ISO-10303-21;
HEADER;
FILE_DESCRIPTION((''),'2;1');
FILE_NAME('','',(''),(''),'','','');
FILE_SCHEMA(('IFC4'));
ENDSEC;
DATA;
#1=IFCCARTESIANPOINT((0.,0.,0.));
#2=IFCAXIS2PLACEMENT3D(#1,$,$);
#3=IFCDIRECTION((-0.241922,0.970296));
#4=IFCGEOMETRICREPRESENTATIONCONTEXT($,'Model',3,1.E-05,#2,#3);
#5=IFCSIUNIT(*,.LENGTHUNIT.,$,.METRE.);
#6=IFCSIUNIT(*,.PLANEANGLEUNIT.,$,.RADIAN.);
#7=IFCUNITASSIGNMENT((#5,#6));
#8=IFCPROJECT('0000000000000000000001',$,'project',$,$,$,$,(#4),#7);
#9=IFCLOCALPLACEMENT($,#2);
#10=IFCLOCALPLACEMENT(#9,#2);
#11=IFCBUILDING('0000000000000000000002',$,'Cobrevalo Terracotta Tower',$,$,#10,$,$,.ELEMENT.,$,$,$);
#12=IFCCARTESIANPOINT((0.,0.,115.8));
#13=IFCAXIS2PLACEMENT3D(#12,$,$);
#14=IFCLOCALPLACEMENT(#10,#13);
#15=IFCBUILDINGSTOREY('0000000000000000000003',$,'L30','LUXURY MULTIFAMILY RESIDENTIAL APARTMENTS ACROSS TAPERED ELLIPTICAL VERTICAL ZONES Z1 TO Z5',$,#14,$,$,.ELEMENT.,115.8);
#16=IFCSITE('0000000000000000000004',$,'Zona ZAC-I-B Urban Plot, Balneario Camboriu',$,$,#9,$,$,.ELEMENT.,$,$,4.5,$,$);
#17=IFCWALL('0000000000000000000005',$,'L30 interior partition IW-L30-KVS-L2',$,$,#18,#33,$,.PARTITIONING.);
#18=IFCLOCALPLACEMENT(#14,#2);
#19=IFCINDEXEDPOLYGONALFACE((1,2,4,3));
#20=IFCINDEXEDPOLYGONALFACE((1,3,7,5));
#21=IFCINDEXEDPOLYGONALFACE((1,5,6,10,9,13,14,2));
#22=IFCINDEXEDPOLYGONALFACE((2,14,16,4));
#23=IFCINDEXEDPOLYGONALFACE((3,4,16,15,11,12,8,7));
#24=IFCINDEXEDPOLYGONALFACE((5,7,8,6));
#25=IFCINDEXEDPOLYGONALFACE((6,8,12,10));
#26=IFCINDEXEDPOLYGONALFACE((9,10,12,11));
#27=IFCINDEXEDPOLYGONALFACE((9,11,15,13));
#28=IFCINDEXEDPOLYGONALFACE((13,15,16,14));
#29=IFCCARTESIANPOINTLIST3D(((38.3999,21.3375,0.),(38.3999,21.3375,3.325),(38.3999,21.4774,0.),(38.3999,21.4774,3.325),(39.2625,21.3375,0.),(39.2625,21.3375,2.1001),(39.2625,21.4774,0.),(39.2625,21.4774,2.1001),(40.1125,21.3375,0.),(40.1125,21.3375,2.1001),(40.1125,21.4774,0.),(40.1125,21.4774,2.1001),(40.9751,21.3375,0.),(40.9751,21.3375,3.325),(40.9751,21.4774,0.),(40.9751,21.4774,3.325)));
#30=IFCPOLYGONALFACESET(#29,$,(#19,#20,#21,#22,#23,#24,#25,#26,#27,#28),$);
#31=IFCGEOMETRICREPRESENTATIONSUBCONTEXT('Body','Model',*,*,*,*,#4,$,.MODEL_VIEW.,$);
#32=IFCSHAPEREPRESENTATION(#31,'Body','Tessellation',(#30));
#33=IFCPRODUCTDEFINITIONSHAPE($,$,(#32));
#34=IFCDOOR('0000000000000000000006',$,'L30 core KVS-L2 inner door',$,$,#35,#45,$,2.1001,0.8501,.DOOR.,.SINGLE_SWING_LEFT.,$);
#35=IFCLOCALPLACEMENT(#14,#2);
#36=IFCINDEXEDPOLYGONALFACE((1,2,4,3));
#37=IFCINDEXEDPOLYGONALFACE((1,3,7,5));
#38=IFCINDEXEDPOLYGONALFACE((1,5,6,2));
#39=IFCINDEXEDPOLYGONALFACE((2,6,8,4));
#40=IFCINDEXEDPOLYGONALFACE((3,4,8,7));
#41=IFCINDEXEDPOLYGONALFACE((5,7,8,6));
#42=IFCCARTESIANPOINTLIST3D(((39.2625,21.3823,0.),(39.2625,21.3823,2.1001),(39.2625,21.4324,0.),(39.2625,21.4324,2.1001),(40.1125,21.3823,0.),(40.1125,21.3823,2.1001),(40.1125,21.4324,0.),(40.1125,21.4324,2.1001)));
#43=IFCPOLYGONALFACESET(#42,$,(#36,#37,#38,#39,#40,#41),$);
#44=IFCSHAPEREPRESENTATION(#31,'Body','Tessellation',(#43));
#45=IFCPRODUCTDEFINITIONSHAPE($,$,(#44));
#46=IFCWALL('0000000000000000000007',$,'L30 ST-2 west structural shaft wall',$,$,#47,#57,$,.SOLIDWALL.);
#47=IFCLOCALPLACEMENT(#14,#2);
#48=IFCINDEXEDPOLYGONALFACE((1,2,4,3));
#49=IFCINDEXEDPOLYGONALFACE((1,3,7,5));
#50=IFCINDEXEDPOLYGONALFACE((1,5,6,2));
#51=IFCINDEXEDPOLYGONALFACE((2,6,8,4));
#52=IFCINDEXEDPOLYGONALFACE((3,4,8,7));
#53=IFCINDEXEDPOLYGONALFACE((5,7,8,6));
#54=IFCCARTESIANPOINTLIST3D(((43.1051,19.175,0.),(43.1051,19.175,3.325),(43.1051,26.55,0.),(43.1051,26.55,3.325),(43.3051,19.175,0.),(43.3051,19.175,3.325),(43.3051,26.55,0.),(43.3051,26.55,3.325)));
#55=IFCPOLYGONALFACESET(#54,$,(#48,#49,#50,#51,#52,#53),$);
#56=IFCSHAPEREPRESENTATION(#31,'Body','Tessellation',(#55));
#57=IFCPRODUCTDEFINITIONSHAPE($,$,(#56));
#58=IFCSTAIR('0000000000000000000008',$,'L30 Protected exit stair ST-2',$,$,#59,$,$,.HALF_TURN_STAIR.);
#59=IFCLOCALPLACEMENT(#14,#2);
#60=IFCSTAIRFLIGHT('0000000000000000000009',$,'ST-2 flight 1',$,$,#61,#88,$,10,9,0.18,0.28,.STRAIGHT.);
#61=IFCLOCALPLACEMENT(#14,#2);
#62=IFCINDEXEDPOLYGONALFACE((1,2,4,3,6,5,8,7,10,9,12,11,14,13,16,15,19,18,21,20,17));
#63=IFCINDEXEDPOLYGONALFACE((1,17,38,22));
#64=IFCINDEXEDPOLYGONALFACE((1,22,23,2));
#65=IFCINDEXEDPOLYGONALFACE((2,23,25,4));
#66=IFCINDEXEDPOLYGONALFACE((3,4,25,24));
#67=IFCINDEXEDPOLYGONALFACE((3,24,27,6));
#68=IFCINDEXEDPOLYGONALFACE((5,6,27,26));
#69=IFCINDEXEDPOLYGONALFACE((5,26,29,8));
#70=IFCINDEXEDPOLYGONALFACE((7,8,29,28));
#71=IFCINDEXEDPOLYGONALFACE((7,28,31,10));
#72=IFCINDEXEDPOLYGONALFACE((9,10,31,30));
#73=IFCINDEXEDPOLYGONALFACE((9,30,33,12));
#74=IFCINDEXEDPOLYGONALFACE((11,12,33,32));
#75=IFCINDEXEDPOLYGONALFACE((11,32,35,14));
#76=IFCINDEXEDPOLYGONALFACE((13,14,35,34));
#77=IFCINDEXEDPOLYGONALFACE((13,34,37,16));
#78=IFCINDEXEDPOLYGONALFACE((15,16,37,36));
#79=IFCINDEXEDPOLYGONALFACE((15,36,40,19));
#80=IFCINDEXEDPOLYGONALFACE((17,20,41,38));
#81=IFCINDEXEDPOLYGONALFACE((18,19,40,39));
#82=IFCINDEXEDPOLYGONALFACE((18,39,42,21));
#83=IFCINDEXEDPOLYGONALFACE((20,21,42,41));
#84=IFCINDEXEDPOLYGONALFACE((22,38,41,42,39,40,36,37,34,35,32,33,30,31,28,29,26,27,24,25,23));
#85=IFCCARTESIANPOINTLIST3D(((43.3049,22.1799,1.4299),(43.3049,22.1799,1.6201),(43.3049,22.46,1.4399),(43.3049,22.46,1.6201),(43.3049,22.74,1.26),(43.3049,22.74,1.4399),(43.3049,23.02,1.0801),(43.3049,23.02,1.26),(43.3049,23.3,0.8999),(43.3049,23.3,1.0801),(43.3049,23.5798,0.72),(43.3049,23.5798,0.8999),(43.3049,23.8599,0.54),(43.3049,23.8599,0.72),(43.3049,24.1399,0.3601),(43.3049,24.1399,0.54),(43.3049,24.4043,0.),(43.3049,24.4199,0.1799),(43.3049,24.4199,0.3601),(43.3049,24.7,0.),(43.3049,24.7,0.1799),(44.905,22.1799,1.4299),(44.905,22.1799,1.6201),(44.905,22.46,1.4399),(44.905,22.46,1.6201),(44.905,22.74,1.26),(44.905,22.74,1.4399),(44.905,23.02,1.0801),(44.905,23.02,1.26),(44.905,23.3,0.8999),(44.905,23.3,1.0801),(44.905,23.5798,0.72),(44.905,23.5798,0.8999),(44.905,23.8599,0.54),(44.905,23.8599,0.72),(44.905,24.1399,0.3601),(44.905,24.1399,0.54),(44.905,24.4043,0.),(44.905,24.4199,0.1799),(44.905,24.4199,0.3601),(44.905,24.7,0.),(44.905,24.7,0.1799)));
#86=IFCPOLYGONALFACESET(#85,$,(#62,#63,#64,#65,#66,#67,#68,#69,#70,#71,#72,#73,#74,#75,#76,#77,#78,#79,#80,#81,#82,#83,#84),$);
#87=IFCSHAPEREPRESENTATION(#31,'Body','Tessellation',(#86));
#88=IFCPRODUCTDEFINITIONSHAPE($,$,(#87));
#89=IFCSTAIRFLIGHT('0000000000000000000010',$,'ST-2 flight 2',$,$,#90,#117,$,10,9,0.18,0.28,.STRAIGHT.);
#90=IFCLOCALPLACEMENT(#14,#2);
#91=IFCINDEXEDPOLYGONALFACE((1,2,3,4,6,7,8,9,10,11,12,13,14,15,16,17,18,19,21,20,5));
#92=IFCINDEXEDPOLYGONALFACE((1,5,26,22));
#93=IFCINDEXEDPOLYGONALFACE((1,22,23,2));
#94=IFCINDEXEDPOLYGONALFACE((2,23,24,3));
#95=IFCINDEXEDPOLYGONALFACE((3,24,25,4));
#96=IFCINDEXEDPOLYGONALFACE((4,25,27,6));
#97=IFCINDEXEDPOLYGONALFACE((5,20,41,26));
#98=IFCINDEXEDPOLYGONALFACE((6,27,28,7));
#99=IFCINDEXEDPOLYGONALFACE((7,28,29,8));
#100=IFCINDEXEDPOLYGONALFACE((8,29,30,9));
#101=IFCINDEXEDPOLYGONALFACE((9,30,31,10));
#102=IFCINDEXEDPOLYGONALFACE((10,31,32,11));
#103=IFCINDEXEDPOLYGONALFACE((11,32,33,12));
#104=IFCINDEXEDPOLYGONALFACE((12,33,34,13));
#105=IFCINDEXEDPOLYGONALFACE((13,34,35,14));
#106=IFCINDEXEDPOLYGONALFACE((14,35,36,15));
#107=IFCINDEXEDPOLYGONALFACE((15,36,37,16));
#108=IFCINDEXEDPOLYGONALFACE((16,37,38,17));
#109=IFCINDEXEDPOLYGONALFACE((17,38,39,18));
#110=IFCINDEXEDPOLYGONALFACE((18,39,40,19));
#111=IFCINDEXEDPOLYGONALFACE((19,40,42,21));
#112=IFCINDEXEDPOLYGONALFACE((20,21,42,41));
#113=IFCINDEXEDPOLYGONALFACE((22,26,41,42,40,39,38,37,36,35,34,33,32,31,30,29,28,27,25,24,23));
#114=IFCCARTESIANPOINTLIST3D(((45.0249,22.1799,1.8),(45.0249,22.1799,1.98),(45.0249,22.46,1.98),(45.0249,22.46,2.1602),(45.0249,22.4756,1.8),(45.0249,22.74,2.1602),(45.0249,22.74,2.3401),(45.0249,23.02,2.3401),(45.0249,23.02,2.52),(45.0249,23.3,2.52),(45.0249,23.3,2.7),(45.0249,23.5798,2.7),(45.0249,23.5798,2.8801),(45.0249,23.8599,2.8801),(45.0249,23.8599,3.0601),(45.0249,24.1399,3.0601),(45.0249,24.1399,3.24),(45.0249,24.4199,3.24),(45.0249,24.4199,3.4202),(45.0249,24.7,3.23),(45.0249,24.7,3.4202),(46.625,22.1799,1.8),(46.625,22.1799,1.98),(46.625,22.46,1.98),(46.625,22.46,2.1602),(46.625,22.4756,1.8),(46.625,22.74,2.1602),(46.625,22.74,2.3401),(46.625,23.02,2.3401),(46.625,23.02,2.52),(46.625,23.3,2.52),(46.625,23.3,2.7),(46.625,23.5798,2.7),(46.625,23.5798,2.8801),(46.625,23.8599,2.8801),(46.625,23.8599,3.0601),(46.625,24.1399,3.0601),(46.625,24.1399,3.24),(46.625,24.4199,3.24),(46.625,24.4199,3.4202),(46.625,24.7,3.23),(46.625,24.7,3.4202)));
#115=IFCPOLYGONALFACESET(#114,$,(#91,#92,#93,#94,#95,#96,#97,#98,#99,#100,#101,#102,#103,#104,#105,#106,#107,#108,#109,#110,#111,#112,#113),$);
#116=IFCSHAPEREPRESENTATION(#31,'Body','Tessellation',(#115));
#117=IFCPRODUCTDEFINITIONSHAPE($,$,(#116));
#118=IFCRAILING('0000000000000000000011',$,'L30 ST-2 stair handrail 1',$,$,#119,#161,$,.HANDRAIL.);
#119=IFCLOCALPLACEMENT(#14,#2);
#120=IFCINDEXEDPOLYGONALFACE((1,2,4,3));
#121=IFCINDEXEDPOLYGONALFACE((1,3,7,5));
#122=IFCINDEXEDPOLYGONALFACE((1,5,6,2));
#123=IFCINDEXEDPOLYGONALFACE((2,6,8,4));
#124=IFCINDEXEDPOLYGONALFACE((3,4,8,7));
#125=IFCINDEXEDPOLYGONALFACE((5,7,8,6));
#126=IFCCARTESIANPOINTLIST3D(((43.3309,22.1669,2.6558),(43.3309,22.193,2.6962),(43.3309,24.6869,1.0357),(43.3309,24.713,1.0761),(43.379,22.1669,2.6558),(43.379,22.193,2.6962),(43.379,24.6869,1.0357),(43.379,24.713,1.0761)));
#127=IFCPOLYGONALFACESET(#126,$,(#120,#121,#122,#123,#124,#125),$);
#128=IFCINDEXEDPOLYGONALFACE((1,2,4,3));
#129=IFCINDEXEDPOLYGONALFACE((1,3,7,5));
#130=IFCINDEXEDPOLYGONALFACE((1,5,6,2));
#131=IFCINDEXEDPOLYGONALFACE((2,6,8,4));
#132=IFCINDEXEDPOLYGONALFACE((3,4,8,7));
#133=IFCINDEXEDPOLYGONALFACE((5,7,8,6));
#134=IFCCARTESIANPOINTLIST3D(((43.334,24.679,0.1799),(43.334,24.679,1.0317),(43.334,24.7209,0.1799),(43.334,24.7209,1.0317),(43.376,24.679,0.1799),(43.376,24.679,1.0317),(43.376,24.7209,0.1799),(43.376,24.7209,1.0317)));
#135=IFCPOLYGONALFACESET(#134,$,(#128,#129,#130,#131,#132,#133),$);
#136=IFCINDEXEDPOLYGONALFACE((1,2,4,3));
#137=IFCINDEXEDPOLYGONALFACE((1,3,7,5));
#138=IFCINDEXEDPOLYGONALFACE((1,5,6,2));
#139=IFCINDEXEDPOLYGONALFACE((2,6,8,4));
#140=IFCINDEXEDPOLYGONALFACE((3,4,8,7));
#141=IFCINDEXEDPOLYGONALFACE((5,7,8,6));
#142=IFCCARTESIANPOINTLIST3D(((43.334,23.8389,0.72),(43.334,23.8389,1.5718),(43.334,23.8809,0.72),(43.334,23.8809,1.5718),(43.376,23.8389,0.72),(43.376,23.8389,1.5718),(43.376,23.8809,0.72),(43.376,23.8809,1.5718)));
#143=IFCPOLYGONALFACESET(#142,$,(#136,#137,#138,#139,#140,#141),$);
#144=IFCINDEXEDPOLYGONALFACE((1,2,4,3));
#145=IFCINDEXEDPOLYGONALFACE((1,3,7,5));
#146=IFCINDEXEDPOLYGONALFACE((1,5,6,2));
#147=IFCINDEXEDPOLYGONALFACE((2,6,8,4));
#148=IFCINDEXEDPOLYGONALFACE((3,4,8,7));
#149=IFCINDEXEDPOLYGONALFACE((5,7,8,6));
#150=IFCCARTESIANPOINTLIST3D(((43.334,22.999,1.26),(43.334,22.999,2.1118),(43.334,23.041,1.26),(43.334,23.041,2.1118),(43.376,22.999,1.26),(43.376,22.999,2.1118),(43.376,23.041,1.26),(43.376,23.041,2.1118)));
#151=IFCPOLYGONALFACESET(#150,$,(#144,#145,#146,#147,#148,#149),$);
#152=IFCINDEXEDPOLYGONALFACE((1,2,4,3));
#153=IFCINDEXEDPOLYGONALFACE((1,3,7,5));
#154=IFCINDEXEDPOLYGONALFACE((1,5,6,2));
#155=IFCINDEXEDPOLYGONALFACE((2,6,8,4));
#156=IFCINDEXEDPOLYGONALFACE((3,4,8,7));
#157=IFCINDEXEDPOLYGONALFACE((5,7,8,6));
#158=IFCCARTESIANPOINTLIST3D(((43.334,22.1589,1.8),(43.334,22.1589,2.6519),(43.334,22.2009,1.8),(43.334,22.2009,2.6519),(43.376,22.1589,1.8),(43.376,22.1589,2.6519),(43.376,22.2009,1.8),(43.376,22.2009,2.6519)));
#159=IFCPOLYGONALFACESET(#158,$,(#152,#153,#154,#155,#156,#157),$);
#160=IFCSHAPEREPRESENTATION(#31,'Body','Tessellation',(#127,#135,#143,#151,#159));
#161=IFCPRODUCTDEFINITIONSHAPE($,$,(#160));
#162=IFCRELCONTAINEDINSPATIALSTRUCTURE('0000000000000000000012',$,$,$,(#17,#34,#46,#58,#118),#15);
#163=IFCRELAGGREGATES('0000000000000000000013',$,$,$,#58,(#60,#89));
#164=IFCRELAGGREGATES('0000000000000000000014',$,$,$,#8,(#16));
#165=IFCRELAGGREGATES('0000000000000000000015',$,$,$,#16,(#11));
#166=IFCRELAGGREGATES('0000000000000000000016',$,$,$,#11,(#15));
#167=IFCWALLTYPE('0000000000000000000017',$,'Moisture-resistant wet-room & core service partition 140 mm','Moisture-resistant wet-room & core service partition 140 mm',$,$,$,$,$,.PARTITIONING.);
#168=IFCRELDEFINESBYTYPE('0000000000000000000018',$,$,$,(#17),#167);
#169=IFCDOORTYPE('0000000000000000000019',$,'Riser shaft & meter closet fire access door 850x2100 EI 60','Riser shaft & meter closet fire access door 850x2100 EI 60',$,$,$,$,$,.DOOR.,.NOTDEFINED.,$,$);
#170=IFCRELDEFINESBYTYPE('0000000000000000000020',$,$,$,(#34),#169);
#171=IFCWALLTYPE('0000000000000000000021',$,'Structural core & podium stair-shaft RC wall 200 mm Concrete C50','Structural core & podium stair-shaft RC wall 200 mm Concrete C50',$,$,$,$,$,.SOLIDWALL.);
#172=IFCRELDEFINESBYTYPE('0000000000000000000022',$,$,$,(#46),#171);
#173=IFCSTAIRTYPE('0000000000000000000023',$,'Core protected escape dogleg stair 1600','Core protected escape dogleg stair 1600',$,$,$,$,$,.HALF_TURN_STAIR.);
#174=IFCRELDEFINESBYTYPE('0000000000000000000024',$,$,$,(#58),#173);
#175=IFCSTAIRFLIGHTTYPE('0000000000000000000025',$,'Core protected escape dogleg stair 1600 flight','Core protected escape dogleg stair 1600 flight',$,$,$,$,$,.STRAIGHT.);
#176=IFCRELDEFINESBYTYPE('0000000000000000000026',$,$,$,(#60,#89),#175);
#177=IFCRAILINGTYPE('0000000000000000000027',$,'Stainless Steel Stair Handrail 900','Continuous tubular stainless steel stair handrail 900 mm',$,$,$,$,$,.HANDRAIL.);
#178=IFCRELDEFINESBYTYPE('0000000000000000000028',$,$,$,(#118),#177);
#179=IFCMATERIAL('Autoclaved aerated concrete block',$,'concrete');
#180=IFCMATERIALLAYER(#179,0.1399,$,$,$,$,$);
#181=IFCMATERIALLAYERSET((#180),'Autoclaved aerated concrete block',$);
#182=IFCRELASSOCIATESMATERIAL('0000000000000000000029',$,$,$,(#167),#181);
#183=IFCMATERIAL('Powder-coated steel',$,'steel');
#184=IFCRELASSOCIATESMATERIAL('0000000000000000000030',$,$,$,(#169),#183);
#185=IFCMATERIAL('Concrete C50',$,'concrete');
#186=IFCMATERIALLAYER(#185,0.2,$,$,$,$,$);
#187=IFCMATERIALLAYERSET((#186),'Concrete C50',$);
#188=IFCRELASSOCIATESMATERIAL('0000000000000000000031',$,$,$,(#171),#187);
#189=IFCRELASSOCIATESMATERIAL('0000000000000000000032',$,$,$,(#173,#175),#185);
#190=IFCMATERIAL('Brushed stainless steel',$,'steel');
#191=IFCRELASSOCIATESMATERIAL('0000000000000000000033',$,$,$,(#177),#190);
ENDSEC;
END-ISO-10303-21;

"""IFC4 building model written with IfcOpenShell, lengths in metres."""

from ifc_helpers import new_model, si_unit, direction, frame, frame_2d, origin, origin_2d, place, context, subcontext, project, spatial, polyline, rectangle, outline, extrude, source, transform, mapped, material, layer, layer_set, type_object, element, fill, aggregate, save


model = new_model("IFC4")

# Units and contexts
model_context = context("Model", 3, precision=1e-05, world=origin(), true_north=direction((-0.241922, 0.970296)))
body_context = subcontext(model_context, "Body", "Model", "MODEL_VIEW")
ifc_project = project(units=[si_unit("LENGTHUNIT", "METRE"), si_unit("PLANEANGLEUNIT", "RADIAN")], contexts=[model_context])

# Site, building, storey
site_placement = place(None, origin())
site = spatial("IfcSite", under=ifc_project, at=site_placement, Name="Zona ZAC-I-B Urban Plot, Balneario Camboriu", CompositionType="ELEMENT", RefElevation=4.5)
building_placement = place(site_placement, origin())
building = spatial("IfcBuilding", under=site, at=building_placement, Name="Cobrevalo Terracotta Tower", CompositionType="ELEMENT")
storey_placement = place(building_placement, frame((0.0, 0.0, 115.8)))
storey = spatial("IfcBuildingStorey", under=building, at=storey_placement, Name="L30", Description="LUXURY MULTIFAMILY RESIDENTIAL APARTMENTS ACROSS TAPERED ELLIPTICAL VERTICAL ZONES Z1 TO Z5", CompositionType="ELEMENT", Elevation=115.8)

# Shared definitions
ifc_material_1 = material(Name="Autoclaved aerated concrete block", Category="concrete")

# Shared definitions
ifc_layer_1 = layer(ifc_material_1, 0.1399)
ifc_layer_set_1 = layer_set([ifc_layer_1], Name="Autoclaved aerated concrete block")
wall_type_1 = type_object("IfcWallType", Name="Moisture-resistant wet-room & core service partition 140 mm", Description="Moisture-resistant wet-room & core service partition 140 mm", PredefinedType="PARTITIONING", material=ifc_layer_set_1)

# Wall, opening, door
wall_1_placement = place(storey_placement, frame((38.3999, 21.4075, 0.0), z_axis=(0.0, 0.0, 1.0), x_axis=(1.0, 0.0, 0.0)))
wall_1 = element("IfcWall", 1, at=wall_1_placement, inside=storey, type_object=wall_type_1, Name="L30 interior partition IW-L30-KVS-L2", PredefinedType="PARTITIONING", context=body_context, shape_type="SweptSolid", body=[
    extrude(rectangle(XDim=2.5752, YDim=0.1399, at=frame_2d((1.2876, 0.0))), origin(), (0.0, 0.0, 1.0), 3.325),
])
opening_1_placement = place(wall_1_placement, frame((0.8625, 0.0, 0.0)))
opening_1 = element("IfcOpeningElement", 2, at=opening_1_placement, cuts=wall_1, PredefinedType="OPENING", context=body_context, shape_type="SweptSolid", body=[
    extrude(rectangle(XDim=0.8501, YDim=2.1001, at=frame_2d((0.425, 1.05))), frame((0.0, 0.0801, 0.0), z_axis=(0.0, -1.0, 0.0), x_axis=(1.0, 0.0, 0.0)), (0.0, 0.0, 1.0), 0.1599),
])
ifc_material_2 = material(Name="Powder-coated steel", Category="steel")
door_type_1 = type_object("IfcDoorType", Name="Riser shaft & meter closet fire access door 850x2100 EI 60", Description="Riser shaft & meter closet fire access door 850x2100 EI 60", OperationType="NOTDEFINED", PredefinedType="DOOR", material=ifc_material_2)
shared_shape_1 = source(origin(), body_context, "Body", "SweptSolid", [
    extrude(rectangle(XDim=0.8501, YDim=2.1001, at=frame_2d((0.425, 1.05))), frame((0.0, 0.0249, 0.0), z_axis=(0.0, -1.0, 0.0), x_axis=(1.0, 0.0, 0.0)), (0.0, 0.0, 1.0), 0.05),
])
door_1_placement = place(opening_1_placement, origin())
door_1 = element("IfcDoor", 3, at=door_1_placement, inside=storey, type_object=door_type_1, Name="L30 core KVS-L2 inner door", OperationType="SINGLE_SWING_LEFT", OverallHeight=2.1001, OverallWidth=0.8501, PredefinedType="DOOR", context=body_context, shape_type="MappedRepresentation", body=[
    mapped(shared_shape_1, transform((0.0, 0.0, 0.0), scale=1.0)),
])
fill(opening_1, door_1)

# Wall
ifc_material_3 = material(Name="Concrete C50", Category="concrete")
ifc_layer_2 = layer(ifc_material_3, 0.2)
ifc_layer_set_2 = layer_set([ifc_layer_2], Name="Concrete C50")
wall_type_2 = type_object("IfcWallType", Name="Structural core & podium stair-shaft RC wall 200 mm Concrete C50", Description="Structural core & podium stair-shaft RC wall 200 mm Concrete C50", PredefinedType="SOLIDWALL", material=ifc_layer_set_2)
wall_2_placement = place(storey_placement, frame((43.2051, 19.175, 0.0), z_axis=(0.0, 0.0, 1.0), x_axis=(0.0, 1.0, 0.0)))
element("IfcWall", 4, at=wall_2_placement, inside=storey, type_object=wall_type_2, Name="L30 ST-2 west structural shaft wall", PredefinedType="SOLIDWALL", context=body_context, shape_type="SweptSolid", body=[
    extrude(rectangle(XDim=7.375, YDim=0.2, at=frame_2d((3.6875, 0.0))), origin(), (0.0, 0.0, 1.0), 3.325),
])

# Stair, stair flights
stair_type = type_object("IfcStairType", Name="Core protected escape dogleg stair 1600", Description="Core protected escape dogleg stair 1600", PredefinedType="HALF_TURN_STAIR", material=ifc_material_3)
stair_placement = place(storey_placement, origin())
stair = element("IfcStair", 5, at=stair_placement, inside=storey, type_object=stair_type, Name="L30 Protected exit stair ST-2", PredefinedType="HALF_TURN_STAIR")
stair_flight_type = type_object("IfcStairFlightType", Name="Core protected escape dogleg stair 1600 flight", Description="Core protected escape dogleg stair 1600 flight", PredefinedType="STRAIGHT", material=ifc_material_3)
stair_flight_1_placement = place(storey_placement, frame((44.105, 24.7, 0.0), z_axis=(0.0, 0.0, 1.0), x_axis=(0.0, -1.0, 0.0)))
stair_flight_1 = element("IfcStairFlight", 6, at=stair_flight_1_placement, type_object=stair_flight_type, Name="ST-2 flight 1", NumberOfRisers=10, NumberOfTreads=9, PredefinedType="STRAIGHT", RiserHeight=0.18, TreadLength=0.28, context=body_context, shape_type="SweptSolid", body=[
    extrude(outline(polyline([(0.0, 0.0), (0.0, 0.1799), (0.28, 0.1799), (0.28, 0.3601), (0.5601, 0.3601), (0.5601, 0.54), (0.8401, 0.54), (0.8401, 0.72), (1.1201, 0.72), (1.1201, 0.8999), (1.3999, 0.8999), (1.3999, 1.0801), (1.6799, 1.0801), (1.6799, 1.26), (1.96, 1.26), (1.96, 1.4399), (2.24, 1.4399), (2.24, 1.6201), (2.52, 1.6201), (2.52, 1.8), (2.52, 1.4299), (0.2957, 0.0), (0.0, 0.0)])), frame((0.0, 0.8, 0.0), z_axis=(0.0, -1.0, 0.0), x_axis=(1.0, 0.0, 0.0)), (0.0, 0.0, 1.0), 1.6001),
])
stair_flight_2_placement = place(storey_placement, frame((45.825, 22.1799, 1.8), z_axis=(0.0, 0.0, 1.0), x_axis=(0.0, 1.0, 0.0)))
stair_flight_2 = element("IfcStairFlight", 7, at=stair_flight_2_placement, type_object=stair_flight_type, Name="ST-2 flight 2", NumberOfRisers=10, NumberOfTreads=9, PredefinedType="STRAIGHT", RiserHeight=0.18, TreadLength=0.28, context=body_context, shape_type="SweptSolid", body=[
    extrude(outline(polyline([(0.0, 0.0), (0.0, 0.1799), (0.28, 0.1799), (0.28, 0.3601), (0.5601, 0.3601), (0.5601, 0.54), (0.8401, 0.54), (0.8401, 0.72), (1.1201, 0.72), (1.1201, 0.8999), (1.3999, 0.8999), (1.3999, 1.0801), (1.6799, 1.0801), (1.6799, 1.26), (1.96, 1.26), (1.96, 1.4399), (2.24, 1.4399), (2.24, 1.6201), (2.52, 1.6201), (2.52, 1.8), (2.52, 1.4299), (0.2957, 0.0), (0.0, 0.0)])), frame((0.0, 0.8, 0.0), z_axis=(0.0, -1.0, 0.0), x_axis=(1.0, 0.0, 0.0)), (0.0, 0.0, 1.0), 1.6001),
])
aggregate(stair, [stair_flight_1, stair_flight_2])

# Railing
ifc_material_4 = material(Name="Brushed stainless steel", Category="steel")
railing_type_1 = type_object("IfcRailingType", Name="Stainless Steel Stair Handrail 900", Description="Continuous tubular stainless steel stair handrail 900 mm", PredefinedType="HANDRAIL", material=ifc_material_4)
railing_1_placement = place(storey_placement, frame((43.355, 24.7, 0.1799)))
element("IfcRailing", 8, at=railing_1_placement, inside=storey, type_object=railing_type_1, Name="L30 ST-2 stair handrail 1", PredefinedType="HANDRAIL", context=body_context, shape_type="SweptSolid", body=[
    extrude(rectangle(XDim=0.0481, YDim=0.0481, at=origin_2d()), frame((0.0, 0.0, 0.876), z_axis=(0.0, -0.841163, 0.540782), x_axis=(1.0, 0.0, 0.0)), (0.0, 0.0, 1.0), 2.9958),
    extrude(rectangle(XDim=0.042, YDim=0.042, at=origin_2d()), origin(), (0.0, 0.0, 1.0), 0.8518),
    extrude(rectangle(XDim=0.042, YDim=0.042, at=origin_2d()), frame((0.0, -0.8401, 0.54)), (0.0, 0.0, 1.0), 0.8518),
    extrude(rectangle(XDim=0.042, YDim=0.042, at=origin_2d()), frame((0.0, -1.6799, 1.0801)), (0.0, 0.0, 1.0), 0.8518),
    extrude(rectangle(XDim=0.042, YDim=0.042, at=origin_2d()), frame((0.0, -2.52, 1.6201)), (0.0, 0.0, 1.0), 0.8518),
])

save(model, "model.ifc")
